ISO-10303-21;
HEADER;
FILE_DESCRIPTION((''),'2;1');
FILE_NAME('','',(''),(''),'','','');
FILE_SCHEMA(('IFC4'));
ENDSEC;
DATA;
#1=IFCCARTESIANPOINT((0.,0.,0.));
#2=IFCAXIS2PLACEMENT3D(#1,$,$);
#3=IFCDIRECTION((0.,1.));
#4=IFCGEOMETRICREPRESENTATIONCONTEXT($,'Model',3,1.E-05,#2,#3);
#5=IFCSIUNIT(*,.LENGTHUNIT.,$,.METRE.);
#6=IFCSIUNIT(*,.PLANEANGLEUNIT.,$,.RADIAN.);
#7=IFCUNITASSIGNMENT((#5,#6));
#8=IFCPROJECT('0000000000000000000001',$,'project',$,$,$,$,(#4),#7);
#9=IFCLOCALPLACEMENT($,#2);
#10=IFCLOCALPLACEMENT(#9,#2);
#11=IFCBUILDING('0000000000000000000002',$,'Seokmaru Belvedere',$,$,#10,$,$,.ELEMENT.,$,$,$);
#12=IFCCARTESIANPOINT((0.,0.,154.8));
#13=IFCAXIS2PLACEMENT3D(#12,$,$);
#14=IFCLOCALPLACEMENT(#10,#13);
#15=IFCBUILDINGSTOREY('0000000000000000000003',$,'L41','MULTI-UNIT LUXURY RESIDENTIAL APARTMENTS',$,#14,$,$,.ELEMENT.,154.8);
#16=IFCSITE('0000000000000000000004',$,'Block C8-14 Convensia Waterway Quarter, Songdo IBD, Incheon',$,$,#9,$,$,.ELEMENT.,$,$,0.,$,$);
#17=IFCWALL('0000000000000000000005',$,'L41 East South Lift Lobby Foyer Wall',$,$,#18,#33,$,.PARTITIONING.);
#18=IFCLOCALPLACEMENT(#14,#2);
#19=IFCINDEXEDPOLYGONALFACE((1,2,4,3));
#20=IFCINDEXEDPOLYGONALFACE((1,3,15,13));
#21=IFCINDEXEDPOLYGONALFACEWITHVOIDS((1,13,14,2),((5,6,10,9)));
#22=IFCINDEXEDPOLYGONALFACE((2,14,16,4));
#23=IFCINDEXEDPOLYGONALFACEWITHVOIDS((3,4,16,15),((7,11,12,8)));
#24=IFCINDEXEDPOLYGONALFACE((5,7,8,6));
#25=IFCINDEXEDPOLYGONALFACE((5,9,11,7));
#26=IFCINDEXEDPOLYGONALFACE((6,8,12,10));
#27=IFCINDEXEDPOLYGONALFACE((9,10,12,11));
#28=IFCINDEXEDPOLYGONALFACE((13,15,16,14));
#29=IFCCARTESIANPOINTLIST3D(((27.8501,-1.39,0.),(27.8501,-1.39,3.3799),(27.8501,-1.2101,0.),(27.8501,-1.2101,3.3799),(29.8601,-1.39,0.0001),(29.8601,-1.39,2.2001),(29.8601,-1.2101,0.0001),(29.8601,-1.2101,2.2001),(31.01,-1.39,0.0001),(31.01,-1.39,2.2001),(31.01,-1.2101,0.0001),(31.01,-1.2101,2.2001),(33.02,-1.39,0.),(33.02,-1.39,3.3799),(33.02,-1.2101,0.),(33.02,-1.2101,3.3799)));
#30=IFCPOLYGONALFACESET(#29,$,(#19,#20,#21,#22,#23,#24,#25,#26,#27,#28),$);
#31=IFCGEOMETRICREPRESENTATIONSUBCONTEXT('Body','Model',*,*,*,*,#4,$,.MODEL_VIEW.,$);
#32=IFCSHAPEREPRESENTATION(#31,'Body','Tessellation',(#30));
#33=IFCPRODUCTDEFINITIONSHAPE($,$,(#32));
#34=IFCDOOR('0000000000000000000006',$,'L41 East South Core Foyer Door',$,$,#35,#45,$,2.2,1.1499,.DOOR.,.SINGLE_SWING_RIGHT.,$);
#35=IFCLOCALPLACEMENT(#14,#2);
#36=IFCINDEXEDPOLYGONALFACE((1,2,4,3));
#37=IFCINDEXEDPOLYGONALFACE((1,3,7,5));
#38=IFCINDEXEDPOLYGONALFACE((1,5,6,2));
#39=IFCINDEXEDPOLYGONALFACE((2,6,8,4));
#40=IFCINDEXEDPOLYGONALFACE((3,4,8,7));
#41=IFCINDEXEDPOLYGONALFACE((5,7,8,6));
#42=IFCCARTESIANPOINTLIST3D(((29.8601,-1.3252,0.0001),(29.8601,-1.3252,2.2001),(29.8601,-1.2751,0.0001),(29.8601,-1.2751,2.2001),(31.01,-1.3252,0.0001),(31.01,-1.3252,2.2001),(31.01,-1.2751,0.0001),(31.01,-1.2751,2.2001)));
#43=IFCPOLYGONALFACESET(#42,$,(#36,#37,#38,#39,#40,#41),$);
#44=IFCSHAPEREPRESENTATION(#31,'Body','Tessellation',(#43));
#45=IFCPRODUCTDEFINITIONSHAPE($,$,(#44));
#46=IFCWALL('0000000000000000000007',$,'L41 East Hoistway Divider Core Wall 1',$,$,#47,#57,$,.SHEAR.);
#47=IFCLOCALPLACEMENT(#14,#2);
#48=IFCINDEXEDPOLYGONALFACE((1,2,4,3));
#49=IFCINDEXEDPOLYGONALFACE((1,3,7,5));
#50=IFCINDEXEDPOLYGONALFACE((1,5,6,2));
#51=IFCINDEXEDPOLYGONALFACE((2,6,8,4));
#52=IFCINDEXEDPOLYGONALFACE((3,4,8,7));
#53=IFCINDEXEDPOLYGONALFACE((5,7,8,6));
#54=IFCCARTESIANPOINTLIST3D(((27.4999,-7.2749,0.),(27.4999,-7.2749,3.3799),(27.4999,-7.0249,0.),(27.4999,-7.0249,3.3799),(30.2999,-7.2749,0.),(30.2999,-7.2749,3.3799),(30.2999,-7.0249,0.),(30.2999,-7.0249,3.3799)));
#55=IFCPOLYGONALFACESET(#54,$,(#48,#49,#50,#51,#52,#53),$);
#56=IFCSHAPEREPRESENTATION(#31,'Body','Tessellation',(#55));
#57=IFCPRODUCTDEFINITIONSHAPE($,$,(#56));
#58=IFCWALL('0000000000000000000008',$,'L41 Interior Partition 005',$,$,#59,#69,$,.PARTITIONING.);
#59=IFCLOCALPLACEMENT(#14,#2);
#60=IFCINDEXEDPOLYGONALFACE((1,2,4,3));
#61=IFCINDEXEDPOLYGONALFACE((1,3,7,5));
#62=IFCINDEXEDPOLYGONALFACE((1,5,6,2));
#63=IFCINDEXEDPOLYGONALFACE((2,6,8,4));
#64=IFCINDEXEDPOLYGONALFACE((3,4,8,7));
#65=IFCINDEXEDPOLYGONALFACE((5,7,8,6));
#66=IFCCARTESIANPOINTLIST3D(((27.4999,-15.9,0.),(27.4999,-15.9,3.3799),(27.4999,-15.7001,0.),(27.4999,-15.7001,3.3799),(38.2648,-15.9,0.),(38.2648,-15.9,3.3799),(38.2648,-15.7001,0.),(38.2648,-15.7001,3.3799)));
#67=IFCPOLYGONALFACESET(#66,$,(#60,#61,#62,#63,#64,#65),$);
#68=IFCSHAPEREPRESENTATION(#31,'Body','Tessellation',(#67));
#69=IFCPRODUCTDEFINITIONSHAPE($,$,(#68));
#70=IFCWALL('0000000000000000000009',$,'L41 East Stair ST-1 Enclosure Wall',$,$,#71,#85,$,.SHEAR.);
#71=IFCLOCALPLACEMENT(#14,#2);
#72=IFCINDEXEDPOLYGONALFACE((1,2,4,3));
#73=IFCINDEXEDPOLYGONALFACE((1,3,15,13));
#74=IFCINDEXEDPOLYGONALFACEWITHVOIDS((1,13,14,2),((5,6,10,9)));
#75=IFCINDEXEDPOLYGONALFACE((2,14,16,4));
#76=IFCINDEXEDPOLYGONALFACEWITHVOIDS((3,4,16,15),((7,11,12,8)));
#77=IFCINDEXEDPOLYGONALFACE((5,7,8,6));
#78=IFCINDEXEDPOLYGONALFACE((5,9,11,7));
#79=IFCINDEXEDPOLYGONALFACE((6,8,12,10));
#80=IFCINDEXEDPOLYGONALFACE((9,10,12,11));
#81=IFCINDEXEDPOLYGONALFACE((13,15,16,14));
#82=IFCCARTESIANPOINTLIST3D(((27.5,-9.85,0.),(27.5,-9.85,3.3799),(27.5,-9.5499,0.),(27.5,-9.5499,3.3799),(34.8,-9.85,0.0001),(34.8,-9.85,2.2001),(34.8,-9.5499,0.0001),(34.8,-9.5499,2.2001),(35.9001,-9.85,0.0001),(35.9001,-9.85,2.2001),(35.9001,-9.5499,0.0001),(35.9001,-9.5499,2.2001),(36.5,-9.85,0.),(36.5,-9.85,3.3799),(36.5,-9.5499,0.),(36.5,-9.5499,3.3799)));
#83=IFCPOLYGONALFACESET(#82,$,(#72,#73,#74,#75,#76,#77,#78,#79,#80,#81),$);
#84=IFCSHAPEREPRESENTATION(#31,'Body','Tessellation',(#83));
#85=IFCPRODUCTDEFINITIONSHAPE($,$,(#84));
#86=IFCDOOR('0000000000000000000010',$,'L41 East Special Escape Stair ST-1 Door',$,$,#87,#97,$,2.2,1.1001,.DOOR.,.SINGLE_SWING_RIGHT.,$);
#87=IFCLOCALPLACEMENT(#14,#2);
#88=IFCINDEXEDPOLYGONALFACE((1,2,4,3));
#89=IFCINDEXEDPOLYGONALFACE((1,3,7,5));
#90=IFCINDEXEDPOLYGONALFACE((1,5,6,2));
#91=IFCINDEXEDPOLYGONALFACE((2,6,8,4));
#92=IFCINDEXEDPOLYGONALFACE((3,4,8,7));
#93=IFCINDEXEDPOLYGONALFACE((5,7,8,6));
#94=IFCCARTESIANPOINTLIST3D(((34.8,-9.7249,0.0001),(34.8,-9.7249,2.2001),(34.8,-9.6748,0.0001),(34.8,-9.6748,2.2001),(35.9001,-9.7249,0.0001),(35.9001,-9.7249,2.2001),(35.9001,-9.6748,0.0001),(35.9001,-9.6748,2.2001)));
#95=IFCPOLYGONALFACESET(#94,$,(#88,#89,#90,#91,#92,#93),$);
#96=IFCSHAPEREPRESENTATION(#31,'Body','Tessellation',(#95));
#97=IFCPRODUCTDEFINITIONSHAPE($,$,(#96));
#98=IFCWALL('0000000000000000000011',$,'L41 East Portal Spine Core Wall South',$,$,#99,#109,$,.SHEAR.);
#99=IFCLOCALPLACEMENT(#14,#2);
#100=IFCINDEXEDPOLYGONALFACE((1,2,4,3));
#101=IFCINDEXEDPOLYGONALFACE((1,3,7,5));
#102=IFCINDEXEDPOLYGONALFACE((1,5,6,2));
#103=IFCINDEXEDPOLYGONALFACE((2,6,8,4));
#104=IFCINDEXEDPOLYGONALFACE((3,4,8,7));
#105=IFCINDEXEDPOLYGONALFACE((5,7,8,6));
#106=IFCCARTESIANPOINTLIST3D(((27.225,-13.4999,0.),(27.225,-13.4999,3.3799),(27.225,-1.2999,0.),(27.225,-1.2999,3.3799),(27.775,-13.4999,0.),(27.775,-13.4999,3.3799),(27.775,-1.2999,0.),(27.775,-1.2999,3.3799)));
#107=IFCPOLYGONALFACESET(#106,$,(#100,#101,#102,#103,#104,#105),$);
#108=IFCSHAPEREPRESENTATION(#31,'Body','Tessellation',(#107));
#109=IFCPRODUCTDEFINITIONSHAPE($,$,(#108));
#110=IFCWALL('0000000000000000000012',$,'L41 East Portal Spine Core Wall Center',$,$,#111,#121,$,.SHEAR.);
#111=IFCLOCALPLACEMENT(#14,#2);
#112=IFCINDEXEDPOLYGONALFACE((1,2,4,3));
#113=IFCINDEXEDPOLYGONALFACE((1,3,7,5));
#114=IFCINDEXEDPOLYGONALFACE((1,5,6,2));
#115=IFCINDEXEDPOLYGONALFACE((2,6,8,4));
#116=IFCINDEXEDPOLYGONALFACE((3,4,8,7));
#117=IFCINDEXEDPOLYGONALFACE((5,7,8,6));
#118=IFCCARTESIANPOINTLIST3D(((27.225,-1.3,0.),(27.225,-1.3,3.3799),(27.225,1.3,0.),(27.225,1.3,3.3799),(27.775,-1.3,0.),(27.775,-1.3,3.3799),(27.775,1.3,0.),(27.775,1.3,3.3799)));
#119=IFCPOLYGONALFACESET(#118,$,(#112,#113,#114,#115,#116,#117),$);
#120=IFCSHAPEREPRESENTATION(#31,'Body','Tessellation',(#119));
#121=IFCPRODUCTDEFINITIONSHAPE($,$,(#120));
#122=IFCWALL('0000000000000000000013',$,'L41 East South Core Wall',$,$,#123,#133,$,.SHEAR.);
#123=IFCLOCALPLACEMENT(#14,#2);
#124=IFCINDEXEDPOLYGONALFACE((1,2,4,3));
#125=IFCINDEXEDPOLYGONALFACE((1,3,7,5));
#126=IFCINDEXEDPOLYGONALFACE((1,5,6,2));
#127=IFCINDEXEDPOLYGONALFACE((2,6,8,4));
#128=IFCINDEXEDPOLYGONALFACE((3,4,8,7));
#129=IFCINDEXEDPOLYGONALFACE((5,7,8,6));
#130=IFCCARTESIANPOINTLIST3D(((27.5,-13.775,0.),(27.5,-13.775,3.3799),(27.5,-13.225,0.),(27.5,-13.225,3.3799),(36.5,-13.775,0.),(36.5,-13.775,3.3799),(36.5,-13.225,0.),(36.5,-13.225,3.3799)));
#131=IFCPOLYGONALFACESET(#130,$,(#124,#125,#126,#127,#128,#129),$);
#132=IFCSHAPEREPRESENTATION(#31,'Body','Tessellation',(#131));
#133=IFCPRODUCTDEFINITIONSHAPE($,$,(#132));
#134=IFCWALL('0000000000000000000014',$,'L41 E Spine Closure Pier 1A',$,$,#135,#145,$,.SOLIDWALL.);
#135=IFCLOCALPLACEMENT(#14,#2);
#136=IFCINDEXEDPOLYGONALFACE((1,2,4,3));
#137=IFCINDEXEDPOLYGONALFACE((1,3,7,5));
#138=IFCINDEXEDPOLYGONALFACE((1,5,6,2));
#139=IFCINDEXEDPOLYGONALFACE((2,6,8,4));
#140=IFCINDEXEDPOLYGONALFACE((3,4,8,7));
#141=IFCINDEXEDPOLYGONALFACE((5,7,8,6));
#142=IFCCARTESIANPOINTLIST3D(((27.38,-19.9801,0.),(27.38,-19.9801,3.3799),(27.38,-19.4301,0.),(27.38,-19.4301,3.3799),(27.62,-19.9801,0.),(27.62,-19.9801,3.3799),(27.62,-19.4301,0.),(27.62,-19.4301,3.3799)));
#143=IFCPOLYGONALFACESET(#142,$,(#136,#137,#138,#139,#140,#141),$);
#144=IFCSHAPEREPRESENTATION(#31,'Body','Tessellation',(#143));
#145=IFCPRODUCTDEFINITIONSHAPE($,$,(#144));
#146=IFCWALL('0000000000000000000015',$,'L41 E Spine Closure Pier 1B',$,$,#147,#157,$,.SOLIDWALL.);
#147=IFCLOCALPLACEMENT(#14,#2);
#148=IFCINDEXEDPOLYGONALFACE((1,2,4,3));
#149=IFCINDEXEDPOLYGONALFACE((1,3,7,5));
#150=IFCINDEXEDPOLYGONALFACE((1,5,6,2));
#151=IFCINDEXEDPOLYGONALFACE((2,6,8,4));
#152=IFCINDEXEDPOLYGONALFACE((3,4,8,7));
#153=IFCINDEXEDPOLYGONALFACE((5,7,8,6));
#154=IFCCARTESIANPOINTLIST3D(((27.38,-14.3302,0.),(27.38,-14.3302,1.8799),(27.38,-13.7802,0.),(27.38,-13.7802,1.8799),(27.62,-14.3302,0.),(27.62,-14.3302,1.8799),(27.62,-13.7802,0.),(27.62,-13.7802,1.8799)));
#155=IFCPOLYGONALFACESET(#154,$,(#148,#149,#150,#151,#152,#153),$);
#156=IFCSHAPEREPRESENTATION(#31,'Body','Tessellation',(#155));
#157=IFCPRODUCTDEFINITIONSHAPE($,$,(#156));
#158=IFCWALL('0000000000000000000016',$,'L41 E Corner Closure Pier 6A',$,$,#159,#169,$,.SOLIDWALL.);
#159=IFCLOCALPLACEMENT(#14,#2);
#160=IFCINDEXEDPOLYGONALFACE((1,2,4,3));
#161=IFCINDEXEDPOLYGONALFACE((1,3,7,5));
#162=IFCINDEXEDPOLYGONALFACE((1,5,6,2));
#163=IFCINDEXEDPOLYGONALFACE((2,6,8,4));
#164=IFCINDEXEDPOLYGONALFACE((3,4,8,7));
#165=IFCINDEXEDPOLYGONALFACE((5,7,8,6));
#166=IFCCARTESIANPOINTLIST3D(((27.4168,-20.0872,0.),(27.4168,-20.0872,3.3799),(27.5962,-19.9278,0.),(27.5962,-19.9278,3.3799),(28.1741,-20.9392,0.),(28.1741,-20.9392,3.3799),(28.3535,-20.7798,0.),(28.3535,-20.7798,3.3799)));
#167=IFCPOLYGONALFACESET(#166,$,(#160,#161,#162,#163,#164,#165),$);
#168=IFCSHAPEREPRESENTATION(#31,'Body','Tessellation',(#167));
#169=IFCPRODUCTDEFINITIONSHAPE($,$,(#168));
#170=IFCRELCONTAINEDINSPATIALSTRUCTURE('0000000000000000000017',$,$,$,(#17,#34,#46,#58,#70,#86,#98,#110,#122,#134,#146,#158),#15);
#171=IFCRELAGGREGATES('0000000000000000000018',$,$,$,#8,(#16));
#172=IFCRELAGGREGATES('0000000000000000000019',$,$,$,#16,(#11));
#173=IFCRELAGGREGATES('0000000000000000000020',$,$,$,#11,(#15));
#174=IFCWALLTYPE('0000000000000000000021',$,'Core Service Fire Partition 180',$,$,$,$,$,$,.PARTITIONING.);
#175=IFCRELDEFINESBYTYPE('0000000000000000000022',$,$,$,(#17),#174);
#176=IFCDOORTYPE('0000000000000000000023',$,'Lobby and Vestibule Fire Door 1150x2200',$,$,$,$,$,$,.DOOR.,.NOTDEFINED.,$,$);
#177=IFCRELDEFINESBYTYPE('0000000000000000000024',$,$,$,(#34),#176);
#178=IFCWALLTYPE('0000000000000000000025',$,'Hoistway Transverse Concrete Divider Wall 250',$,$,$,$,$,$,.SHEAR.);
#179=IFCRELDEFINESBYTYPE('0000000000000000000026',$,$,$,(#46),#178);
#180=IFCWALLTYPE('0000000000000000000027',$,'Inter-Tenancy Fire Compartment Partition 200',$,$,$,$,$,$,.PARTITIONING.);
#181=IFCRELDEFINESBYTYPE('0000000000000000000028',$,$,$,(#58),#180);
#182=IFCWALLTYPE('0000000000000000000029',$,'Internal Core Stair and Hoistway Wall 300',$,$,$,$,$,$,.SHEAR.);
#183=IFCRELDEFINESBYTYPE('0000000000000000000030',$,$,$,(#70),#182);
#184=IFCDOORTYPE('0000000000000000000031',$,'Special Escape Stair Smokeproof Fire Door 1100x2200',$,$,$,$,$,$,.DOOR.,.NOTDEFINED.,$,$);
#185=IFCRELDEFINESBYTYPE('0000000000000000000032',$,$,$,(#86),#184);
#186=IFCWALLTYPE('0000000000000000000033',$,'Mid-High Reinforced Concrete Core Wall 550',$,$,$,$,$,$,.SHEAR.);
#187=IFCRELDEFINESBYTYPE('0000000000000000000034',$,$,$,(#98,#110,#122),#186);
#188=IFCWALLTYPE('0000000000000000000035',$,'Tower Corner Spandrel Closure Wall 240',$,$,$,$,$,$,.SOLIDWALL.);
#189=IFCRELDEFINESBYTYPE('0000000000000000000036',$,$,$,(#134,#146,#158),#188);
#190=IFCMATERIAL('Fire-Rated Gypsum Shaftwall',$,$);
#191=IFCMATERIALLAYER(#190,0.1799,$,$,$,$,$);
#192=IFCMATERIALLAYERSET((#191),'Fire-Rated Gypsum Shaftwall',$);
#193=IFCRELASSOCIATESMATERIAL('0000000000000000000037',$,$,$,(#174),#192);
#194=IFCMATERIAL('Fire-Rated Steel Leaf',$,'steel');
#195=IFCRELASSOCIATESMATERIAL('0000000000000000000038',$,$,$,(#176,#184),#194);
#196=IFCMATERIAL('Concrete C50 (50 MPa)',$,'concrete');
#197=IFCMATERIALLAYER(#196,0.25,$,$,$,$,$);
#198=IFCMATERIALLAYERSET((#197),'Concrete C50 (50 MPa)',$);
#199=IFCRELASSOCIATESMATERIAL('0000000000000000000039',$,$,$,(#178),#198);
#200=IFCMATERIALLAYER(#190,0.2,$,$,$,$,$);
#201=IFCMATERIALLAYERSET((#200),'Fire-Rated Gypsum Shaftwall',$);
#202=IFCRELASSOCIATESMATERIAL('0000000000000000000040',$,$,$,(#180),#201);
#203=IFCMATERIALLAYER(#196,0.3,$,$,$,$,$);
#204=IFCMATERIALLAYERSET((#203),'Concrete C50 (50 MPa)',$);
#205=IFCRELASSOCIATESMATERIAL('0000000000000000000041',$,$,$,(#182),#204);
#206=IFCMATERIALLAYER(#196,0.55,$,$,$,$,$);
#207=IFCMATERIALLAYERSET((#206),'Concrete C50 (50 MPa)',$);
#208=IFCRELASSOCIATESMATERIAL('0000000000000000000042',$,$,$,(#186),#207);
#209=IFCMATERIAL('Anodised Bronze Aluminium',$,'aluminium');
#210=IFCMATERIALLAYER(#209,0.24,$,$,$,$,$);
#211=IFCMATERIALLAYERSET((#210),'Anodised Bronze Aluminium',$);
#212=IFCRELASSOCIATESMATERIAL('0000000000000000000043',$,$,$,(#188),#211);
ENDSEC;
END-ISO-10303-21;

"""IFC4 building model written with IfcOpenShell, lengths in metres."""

from ifc_helpers import new_model, si_unit, direction, frame, frame_2d, origin, place, context, subcontext, project, spatial, rectangle, extrude, source, transform, mapped, material, layer, layer_set, type_object, type_shapes, element, fill, save


model = new_model("IFC4")

# Units and contexts
model_context = context("Model", 3, precision=1e-05, world=origin(), true_north=direction((0.0, 1.0)))
body_context = subcontext(model_context, "Body", "Model", "MODEL_VIEW")
ifc_project = project(units=[si_unit("LENGTHUNIT", "METRE"), si_unit("PLANEANGLEUNIT", "RADIAN")], contexts=[model_context])

# Site, building, storey
site_placement = place(None, origin())
site = spatial("IfcSite", under=ifc_project, at=site_placement, Name="Block C8-14 Convensia Waterway Quarter, Songdo IBD, Incheon", CompositionType="ELEMENT", RefElevation=0.0)
building_placement = place(site_placement, origin())
building = spatial("IfcBuilding", under=site, at=building_placement, Name="Seokmaru Belvedere", CompositionType="ELEMENT")
storey_placement = place(building_placement, frame((0.0, 0.0, 154.8)))
storey = spatial("IfcBuildingStorey", under=building, at=storey_placement, Name="L41", Description="MULTI-UNIT LUXURY RESIDENTIAL APARTMENTS", CompositionType="ELEMENT", Elevation=154.8)

# Shared definitions
ifc_material_1 = material(Name="Anodised Bronze Aluminium", Category="aluminium")

# Shared definitions
ifc_material_2 = material(Name="Fire-Rated Gypsum Shaftwall")

# Wall, opening, door
ifc_layer_1 = layer(ifc_material_2, 0.1799)
ifc_layer_set_1 = layer_set([ifc_layer_1], Name="Fire-Rated Gypsum Shaftwall")
wall_type_1 = type_object("IfcWallType", Name="Core Service Fire Partition 180", PredefinedType="PARTITIONING", material=ifc_layer_set_1)
wall_1_placement = place(storey_placement, frame((27.8501, -1.3, 0.0), z_axis=(0.0, 0.0, 1.0), x_axis=(1.0, 0.0, 0.0)))
wall_1 = element("IfcWall", 1, at=wall_1_placement, inside=storey, type_object=wall_type_1, Name="L41 East South Lift Lobby Foyer Wall", PredefinedType="PARTITIONING", context=body_context, shape_type="SweptSolid", body=[
    extrude(rectangle(XDim=5.1699, YDim=0.1799, at=frame_2d((2.585, 0.0))), origin(), (0.0, 0.0, 1.0), 3.3799),
])
opening_1_placement = place(wall_1_placement, frame((2.01, 0.0, 0.0)))
opening_1 = element("IfcOpeningElement", 2, at=opening_1_placement, cuts=wall_1, PredefinedType="OPENING", context=body_context, shape_type="SweptSolid", body=[
    extrude(rectangle(XDim=1.1499, YDim=2.2, at=frame_2d((0.575, 1.1001))), frame((0.0, 0.1001, 0.0), z_axis=(0.0, -1.0, 0.0), x_axis=(1.0, 0.0, 0.0)), (0.0, 0.0, 1.0), 0.2),
])
ifc_material_3 = material(Name="Fire-Rated Steel Leaf", Category="steel")
door_type_1 = type_object("IfcDoorType", Name="Lobby and Vestibule Fire Door 1150x2200", OperationType="NOTDEFINED", PredefinedType="DOOR", material=ifc_material_3)
shared_shape_1 = source(origin(), body_context, "Body", "SweptSolid", [
    extrude(rectangle(XDim=1.1499, YDim=2.2, at=frame_2d((0.575, 1.1001))), frame((0.0, 0.0249, 0.0), z_axis=(0.0, -1.0, 0.0), x_axis=(1.0, 0.0, 0.0)), (0.0, 0.0, 1.0), 0.05),
])
type_shapes(door_type_1, [shared_shape_1])
door_1_placement = place(opening_1_placement, origin())
door_1 = element("IfcDoor", 3, at=door_1_placement, inside=storey, type_object=door_type_1, Name="L41 East South Core Foyer Door", OperationType="SINGLE_SWING_RIGHT", OverallHeight=2.2, OverallWidth=1.1499, PredefinedType="DOOR", context=body_context, shape_type="MappedRepresentation", body=[
    mapped(shared_shape_1, transform((0.0, 0.0, 0.0), scale=1.0)),
])
fill(opening_1, door_1)

# Walls
ifc_material_4 = material(Name="Concrete C50 (50 MPa)", Category="concrete")
ifc_layer_2 = layer(ifc_material_4, 0.25)
ifc_layer_set_2 = layer_set([ifc_layer_2], Name="Concrete C50 (50 MPa)")
wall_type_2 = type_object("IfcWallType", Name="Hoistway Transverse Concrete Divider Wall 250", PredefinedType="SHEAR", material=ifc_layer_set_2)
wall_2_placement = place(storey_placement, frame((27.5, -7.1499, 0.0), z_axis=(0.0, 0.0, 1.0), x_axis=(1.0, 0.0, 0.0)))
element("IfcWall", 4, at=wall_2_placement, inside=storey, type_object=wall_type_2, Name="L41 East Hoistway Divider Core Wall 1", PredefinedType="SHEAR", context=body_context, shape_type="SweptSolid", body=[
    extrude(rectangle(XDim=2.8, YDim=0.25, at=frame_2d((1.3999, 0.0))), origin(), (0.0, 0.0, 1.0), 3.3799),
])
ifc_layer_3 = layer(ifc_material_2, 0.2)
ifc_layer_set_3 = layer_set([ifc_layer_3], Name="Fire-Rated Gypsum Shaftwall")
wall_type_3 = type_object("IfcWallType", Name="Inter-Tenancy Fire Compartment Partition 200", PredefinedType="PARTITIONING", material=ifc_layer_set_3)
wall_3_placement = place(storey_placement, frame((27.5, -15.8, 0.0), z_axis=(0.0, 0.0, 1.0), x_axis=(1.0, 0.0, 0.0)))
element("IfcWall", 5, at=wall_3_placement, inside=storey, type_object=wall_type_3, Name="L41 Interior Partition 005", PredefinedType="PARTITIONING", context=body_context, shape_type="SweptSolid", body=[
    extrude(rectangle(XDim=10.7649, YDim=0.2, at=frame_2d((5.3823, 0.0))), origin(), (0.0, 0.0, 1.0), 3.3799),
])

# Wall, opening, door
ifc_layer_4 = layer(ifc_material_4, 0.3)
ifc_layer_set_4 = layer_set([ifc_layer_4], Name="Concrete C50 (50 MPa)")
wall_type_4 = type_object("IfcWallType", Name="Internal Core Stair and Hoistway Wall 300", PredefinedType="SHEAR", material=ifc_layer_set_4)
wall_4_placement = place(storey_placement, frame((27.5, -9.7, 0.0), z_axis=(0.0, 0.0, 1.0), x_axis=(1.0, 0.0, 0.0)))
wall_4 = element("IfcWall", 6, at=wall_4_placement, inside=storey, type_object=wall_type_4, Name="L41 East Stair ST-1 Enclosure Wall", PredefinedType="SHEAR", context=body_context, shape_type="SweptSolid", body=[
    extrude(rectangle(XDim=9.0, YDim=0.3, at=frame_2d((4.5, 0.0))), origin(), (0.0, 0.0, 1.0), 3.3799),
])
opening_2_placement = place(wall_4_placement, frame((7.3, 0.0, 0.0)))
opening_2 = element("IfcOpeningElement", 7, at=opening_2_placement, cuts=wall_4, PredefinedType="OPENING", context=body_context, shape_type="SweptSolid", body=[
    extrude(rectangle(XDim=1.1001, YDim=2.2, at=frame_2d((0.55, 1.1001))), frame((0.0, 0.1602, 0.0), z_axis=(0.0, -1.0, 0.0), x_axis=(1.0, 0.0, 0.0)), (0.0, 0.0, 1.0), 0.3201),
])
door_type_2 = type_object("IfcDoorType", Name="Special Escape Stair Smokeproof Fire Door 1100x2200", OperationType="NOTDEFINED", PredefinedType="DOOR", material=ifc_material_3)
shared_shape_2 = source(origin(), body_context, "Body", "SweptSolid", [
    extrude(rectangle(XDim=1.1001, YDim=2.2, at=frame_2d((0.55, 1.1001))), frame((0.0, 0.0249, 0.0), z_axis=(0.0, -1.0, 0.0), x_axis=(1.0, 0.0, 0.0)), (0.0, 0.0, 1.0), 0.05),
])
type_shapes(door_type_2, [shared_shape_2])
door_2_placement = place(opening_2_placement, frame((1.1001, 0.0, 0.0), z_axis=(0.0, 0.0, 1.0), x_axis=(-1.0, 0.0, 0.0)))
door_2 = element("IfcDoor", 8, at=door_2_placement, inside=storey, type_object=door_type_2, Name="L41 East Special Escape Stair ST-1 Door", OperationType="SINGLE_SWING_RIGHT", OverallHeight=2.2, OverallWidth=1.1001, PredefinedType="DOOR", context=body_context, shape_type="MappedRepresentation", body=[
    mapped(shared_shape_2, transform((0.0, 0.0, 0.0), scale=1.0)),
])
fill(opening_2, door_2)

# Walls
ifc_layer_5 = layer(ifc_material_4, 0.55)
ifc_layer_set_5 = layer_set([ifc_layer_5], Name="Concrete C50 (50 MPa)")
wall_type_5 = type_object("IfcWallType", Name="Mid-High Reinforced Concrete Core Wall 550", PredefinedType="SHEAR", material=ifc_layer_set_5)
wall_5_placement = place(storey_placement, frame((27.5, -13.5, 0.0), z_axis=(0.0, 0.0, 1.0), x_axis=(0.0, 1.0, 0.0)))
element("IfcWall", 9, at=wall_5_placement, inside=storey, type_object=wall_type_5, Name="L41 East Portal Spine Core Wall South", PredefinedType="SHEAR", context=body_context, shape_type="SweptSolid", body=[
    extrude(rectangle(XDim=12.2, YDim=0.55, at=frame_2d((6.1001, 0.0))), origin(), (0.0, 0.0, 1.0), 3.3799),
])
wall_6_placement = place(storey_placement, frame((27.5, -1.3, 0.0), z_axis=(0.0, 0.0, 1.0), x_axis=(0.0, 1.0, 0.0)))
element("IfcWall", 10, at=wall_6_placement, inside=storey, type_object=wall_type_5, Name="L41 East Portal Spine Core Wall Center", PredefinedType="SHEAR", context=body_context, shape_type="SweptSolid", body=[
    extrude(rectangle(XDim=2.6001, YDim=0.55, at=frame_2d((1.3, 0.0))), origin(), (0.0, 0.0, 1.0), 3.3799),
])
wall_7_placement = place(storey_placement, frame((27.5, -13.5, 0.0), z_axis=(0.0, 0.0, 1.0), x_axis=(1.0, 0.0, 0.0)))
element("IfcWall", 11, at=wall_7_placement, inside=storey, type_object=wall_type_5, Name="L41 East South Core Wall", PredefinedType="SHEAR", context=body_context, shape_type="SweptSolid", body=[
    extrude(rectangle(XDim=9.0, YDim=0.55, at=frame_2d((4.5, 0.0))), origin(), (0.0, 0.0, 1.0), 3.3799),
])
ifc_layer_6 = layer(ifc_material_1, 0.24)
ifc_layer_set_6 = layer_set([ifc_layer_6], Name="Anodised Bronze Aluminium")
wall_type_6 = type_object("IfcWallType", Name="Tower Corner Spandrel Closure Wall 240", PredefinedType="SOLIDWALL", material=ifc_layer_set_6)
wall_8_placement = place(storey_placement, frame((27.5, -19.98, 0.0), z_axis=(0.0, 0.0, 1.0), x_axis=(0.0, 1.0, 0.0)))
element("IfcWall", 12, at=wall_8_placement, inside=storey, type_object=wall_type_6, Name="L41 E Spine Closure Pier 1A", PredefinedType="SOLIDWALL", context=body_context, shape_type="SweptSolid", body=[
    extrude(rectangle(XDim=0.55, YDim=0.24, at=frame_2d((0.2749, 0.0))), origin(), (0.0, 0.0, 1.0), 3.3799),
])
wall_9_placement = place(storey_placement, frame((27.5, -14.3301, 0.0), z_axis=(0.0, 0.0, 1.0), x_axis=(0.0, 1.0, 0.0)))
element("IfcWall", 13, at=wall_9_placement, inside=storey, type_object=wall_type_6, Name="L41 E Spine Closure Pier 1B", PredefinedType="SOLIDWALL", context=body_context, shape_type="SweptSolid", body=[
    extrude(rectangle(XDim=0.55, YDim=0.24, at=frame_2d((0.2749, 0.0))), origin(), (0.0, 0.0, 1.0), 1.8799),
])
wall_10_placement = place(storey_placement, frame((27.5066, -20.0076, 0.0), z_axis=(0.0, 0.0, 1.0), x_axis=(0.664337, -0.747433, 0.0)))
element("IfcWall", 14, at=wall_10_placement, inside=storey, type_object=wall_type_6, Name="L41 E Corner Closure Pier 6A", PredefinedType="SOLIDWALL", context=body_context, shape_type="SweptSolid", body=[
    extrude(rectangle(XDim=1.1399, YDim=0.24, at=frame_2d((0.5698, 0.0))), origin(), (0.0, 0.0, 1.0), 3.3799),
])

save(model, "model.ifc")
